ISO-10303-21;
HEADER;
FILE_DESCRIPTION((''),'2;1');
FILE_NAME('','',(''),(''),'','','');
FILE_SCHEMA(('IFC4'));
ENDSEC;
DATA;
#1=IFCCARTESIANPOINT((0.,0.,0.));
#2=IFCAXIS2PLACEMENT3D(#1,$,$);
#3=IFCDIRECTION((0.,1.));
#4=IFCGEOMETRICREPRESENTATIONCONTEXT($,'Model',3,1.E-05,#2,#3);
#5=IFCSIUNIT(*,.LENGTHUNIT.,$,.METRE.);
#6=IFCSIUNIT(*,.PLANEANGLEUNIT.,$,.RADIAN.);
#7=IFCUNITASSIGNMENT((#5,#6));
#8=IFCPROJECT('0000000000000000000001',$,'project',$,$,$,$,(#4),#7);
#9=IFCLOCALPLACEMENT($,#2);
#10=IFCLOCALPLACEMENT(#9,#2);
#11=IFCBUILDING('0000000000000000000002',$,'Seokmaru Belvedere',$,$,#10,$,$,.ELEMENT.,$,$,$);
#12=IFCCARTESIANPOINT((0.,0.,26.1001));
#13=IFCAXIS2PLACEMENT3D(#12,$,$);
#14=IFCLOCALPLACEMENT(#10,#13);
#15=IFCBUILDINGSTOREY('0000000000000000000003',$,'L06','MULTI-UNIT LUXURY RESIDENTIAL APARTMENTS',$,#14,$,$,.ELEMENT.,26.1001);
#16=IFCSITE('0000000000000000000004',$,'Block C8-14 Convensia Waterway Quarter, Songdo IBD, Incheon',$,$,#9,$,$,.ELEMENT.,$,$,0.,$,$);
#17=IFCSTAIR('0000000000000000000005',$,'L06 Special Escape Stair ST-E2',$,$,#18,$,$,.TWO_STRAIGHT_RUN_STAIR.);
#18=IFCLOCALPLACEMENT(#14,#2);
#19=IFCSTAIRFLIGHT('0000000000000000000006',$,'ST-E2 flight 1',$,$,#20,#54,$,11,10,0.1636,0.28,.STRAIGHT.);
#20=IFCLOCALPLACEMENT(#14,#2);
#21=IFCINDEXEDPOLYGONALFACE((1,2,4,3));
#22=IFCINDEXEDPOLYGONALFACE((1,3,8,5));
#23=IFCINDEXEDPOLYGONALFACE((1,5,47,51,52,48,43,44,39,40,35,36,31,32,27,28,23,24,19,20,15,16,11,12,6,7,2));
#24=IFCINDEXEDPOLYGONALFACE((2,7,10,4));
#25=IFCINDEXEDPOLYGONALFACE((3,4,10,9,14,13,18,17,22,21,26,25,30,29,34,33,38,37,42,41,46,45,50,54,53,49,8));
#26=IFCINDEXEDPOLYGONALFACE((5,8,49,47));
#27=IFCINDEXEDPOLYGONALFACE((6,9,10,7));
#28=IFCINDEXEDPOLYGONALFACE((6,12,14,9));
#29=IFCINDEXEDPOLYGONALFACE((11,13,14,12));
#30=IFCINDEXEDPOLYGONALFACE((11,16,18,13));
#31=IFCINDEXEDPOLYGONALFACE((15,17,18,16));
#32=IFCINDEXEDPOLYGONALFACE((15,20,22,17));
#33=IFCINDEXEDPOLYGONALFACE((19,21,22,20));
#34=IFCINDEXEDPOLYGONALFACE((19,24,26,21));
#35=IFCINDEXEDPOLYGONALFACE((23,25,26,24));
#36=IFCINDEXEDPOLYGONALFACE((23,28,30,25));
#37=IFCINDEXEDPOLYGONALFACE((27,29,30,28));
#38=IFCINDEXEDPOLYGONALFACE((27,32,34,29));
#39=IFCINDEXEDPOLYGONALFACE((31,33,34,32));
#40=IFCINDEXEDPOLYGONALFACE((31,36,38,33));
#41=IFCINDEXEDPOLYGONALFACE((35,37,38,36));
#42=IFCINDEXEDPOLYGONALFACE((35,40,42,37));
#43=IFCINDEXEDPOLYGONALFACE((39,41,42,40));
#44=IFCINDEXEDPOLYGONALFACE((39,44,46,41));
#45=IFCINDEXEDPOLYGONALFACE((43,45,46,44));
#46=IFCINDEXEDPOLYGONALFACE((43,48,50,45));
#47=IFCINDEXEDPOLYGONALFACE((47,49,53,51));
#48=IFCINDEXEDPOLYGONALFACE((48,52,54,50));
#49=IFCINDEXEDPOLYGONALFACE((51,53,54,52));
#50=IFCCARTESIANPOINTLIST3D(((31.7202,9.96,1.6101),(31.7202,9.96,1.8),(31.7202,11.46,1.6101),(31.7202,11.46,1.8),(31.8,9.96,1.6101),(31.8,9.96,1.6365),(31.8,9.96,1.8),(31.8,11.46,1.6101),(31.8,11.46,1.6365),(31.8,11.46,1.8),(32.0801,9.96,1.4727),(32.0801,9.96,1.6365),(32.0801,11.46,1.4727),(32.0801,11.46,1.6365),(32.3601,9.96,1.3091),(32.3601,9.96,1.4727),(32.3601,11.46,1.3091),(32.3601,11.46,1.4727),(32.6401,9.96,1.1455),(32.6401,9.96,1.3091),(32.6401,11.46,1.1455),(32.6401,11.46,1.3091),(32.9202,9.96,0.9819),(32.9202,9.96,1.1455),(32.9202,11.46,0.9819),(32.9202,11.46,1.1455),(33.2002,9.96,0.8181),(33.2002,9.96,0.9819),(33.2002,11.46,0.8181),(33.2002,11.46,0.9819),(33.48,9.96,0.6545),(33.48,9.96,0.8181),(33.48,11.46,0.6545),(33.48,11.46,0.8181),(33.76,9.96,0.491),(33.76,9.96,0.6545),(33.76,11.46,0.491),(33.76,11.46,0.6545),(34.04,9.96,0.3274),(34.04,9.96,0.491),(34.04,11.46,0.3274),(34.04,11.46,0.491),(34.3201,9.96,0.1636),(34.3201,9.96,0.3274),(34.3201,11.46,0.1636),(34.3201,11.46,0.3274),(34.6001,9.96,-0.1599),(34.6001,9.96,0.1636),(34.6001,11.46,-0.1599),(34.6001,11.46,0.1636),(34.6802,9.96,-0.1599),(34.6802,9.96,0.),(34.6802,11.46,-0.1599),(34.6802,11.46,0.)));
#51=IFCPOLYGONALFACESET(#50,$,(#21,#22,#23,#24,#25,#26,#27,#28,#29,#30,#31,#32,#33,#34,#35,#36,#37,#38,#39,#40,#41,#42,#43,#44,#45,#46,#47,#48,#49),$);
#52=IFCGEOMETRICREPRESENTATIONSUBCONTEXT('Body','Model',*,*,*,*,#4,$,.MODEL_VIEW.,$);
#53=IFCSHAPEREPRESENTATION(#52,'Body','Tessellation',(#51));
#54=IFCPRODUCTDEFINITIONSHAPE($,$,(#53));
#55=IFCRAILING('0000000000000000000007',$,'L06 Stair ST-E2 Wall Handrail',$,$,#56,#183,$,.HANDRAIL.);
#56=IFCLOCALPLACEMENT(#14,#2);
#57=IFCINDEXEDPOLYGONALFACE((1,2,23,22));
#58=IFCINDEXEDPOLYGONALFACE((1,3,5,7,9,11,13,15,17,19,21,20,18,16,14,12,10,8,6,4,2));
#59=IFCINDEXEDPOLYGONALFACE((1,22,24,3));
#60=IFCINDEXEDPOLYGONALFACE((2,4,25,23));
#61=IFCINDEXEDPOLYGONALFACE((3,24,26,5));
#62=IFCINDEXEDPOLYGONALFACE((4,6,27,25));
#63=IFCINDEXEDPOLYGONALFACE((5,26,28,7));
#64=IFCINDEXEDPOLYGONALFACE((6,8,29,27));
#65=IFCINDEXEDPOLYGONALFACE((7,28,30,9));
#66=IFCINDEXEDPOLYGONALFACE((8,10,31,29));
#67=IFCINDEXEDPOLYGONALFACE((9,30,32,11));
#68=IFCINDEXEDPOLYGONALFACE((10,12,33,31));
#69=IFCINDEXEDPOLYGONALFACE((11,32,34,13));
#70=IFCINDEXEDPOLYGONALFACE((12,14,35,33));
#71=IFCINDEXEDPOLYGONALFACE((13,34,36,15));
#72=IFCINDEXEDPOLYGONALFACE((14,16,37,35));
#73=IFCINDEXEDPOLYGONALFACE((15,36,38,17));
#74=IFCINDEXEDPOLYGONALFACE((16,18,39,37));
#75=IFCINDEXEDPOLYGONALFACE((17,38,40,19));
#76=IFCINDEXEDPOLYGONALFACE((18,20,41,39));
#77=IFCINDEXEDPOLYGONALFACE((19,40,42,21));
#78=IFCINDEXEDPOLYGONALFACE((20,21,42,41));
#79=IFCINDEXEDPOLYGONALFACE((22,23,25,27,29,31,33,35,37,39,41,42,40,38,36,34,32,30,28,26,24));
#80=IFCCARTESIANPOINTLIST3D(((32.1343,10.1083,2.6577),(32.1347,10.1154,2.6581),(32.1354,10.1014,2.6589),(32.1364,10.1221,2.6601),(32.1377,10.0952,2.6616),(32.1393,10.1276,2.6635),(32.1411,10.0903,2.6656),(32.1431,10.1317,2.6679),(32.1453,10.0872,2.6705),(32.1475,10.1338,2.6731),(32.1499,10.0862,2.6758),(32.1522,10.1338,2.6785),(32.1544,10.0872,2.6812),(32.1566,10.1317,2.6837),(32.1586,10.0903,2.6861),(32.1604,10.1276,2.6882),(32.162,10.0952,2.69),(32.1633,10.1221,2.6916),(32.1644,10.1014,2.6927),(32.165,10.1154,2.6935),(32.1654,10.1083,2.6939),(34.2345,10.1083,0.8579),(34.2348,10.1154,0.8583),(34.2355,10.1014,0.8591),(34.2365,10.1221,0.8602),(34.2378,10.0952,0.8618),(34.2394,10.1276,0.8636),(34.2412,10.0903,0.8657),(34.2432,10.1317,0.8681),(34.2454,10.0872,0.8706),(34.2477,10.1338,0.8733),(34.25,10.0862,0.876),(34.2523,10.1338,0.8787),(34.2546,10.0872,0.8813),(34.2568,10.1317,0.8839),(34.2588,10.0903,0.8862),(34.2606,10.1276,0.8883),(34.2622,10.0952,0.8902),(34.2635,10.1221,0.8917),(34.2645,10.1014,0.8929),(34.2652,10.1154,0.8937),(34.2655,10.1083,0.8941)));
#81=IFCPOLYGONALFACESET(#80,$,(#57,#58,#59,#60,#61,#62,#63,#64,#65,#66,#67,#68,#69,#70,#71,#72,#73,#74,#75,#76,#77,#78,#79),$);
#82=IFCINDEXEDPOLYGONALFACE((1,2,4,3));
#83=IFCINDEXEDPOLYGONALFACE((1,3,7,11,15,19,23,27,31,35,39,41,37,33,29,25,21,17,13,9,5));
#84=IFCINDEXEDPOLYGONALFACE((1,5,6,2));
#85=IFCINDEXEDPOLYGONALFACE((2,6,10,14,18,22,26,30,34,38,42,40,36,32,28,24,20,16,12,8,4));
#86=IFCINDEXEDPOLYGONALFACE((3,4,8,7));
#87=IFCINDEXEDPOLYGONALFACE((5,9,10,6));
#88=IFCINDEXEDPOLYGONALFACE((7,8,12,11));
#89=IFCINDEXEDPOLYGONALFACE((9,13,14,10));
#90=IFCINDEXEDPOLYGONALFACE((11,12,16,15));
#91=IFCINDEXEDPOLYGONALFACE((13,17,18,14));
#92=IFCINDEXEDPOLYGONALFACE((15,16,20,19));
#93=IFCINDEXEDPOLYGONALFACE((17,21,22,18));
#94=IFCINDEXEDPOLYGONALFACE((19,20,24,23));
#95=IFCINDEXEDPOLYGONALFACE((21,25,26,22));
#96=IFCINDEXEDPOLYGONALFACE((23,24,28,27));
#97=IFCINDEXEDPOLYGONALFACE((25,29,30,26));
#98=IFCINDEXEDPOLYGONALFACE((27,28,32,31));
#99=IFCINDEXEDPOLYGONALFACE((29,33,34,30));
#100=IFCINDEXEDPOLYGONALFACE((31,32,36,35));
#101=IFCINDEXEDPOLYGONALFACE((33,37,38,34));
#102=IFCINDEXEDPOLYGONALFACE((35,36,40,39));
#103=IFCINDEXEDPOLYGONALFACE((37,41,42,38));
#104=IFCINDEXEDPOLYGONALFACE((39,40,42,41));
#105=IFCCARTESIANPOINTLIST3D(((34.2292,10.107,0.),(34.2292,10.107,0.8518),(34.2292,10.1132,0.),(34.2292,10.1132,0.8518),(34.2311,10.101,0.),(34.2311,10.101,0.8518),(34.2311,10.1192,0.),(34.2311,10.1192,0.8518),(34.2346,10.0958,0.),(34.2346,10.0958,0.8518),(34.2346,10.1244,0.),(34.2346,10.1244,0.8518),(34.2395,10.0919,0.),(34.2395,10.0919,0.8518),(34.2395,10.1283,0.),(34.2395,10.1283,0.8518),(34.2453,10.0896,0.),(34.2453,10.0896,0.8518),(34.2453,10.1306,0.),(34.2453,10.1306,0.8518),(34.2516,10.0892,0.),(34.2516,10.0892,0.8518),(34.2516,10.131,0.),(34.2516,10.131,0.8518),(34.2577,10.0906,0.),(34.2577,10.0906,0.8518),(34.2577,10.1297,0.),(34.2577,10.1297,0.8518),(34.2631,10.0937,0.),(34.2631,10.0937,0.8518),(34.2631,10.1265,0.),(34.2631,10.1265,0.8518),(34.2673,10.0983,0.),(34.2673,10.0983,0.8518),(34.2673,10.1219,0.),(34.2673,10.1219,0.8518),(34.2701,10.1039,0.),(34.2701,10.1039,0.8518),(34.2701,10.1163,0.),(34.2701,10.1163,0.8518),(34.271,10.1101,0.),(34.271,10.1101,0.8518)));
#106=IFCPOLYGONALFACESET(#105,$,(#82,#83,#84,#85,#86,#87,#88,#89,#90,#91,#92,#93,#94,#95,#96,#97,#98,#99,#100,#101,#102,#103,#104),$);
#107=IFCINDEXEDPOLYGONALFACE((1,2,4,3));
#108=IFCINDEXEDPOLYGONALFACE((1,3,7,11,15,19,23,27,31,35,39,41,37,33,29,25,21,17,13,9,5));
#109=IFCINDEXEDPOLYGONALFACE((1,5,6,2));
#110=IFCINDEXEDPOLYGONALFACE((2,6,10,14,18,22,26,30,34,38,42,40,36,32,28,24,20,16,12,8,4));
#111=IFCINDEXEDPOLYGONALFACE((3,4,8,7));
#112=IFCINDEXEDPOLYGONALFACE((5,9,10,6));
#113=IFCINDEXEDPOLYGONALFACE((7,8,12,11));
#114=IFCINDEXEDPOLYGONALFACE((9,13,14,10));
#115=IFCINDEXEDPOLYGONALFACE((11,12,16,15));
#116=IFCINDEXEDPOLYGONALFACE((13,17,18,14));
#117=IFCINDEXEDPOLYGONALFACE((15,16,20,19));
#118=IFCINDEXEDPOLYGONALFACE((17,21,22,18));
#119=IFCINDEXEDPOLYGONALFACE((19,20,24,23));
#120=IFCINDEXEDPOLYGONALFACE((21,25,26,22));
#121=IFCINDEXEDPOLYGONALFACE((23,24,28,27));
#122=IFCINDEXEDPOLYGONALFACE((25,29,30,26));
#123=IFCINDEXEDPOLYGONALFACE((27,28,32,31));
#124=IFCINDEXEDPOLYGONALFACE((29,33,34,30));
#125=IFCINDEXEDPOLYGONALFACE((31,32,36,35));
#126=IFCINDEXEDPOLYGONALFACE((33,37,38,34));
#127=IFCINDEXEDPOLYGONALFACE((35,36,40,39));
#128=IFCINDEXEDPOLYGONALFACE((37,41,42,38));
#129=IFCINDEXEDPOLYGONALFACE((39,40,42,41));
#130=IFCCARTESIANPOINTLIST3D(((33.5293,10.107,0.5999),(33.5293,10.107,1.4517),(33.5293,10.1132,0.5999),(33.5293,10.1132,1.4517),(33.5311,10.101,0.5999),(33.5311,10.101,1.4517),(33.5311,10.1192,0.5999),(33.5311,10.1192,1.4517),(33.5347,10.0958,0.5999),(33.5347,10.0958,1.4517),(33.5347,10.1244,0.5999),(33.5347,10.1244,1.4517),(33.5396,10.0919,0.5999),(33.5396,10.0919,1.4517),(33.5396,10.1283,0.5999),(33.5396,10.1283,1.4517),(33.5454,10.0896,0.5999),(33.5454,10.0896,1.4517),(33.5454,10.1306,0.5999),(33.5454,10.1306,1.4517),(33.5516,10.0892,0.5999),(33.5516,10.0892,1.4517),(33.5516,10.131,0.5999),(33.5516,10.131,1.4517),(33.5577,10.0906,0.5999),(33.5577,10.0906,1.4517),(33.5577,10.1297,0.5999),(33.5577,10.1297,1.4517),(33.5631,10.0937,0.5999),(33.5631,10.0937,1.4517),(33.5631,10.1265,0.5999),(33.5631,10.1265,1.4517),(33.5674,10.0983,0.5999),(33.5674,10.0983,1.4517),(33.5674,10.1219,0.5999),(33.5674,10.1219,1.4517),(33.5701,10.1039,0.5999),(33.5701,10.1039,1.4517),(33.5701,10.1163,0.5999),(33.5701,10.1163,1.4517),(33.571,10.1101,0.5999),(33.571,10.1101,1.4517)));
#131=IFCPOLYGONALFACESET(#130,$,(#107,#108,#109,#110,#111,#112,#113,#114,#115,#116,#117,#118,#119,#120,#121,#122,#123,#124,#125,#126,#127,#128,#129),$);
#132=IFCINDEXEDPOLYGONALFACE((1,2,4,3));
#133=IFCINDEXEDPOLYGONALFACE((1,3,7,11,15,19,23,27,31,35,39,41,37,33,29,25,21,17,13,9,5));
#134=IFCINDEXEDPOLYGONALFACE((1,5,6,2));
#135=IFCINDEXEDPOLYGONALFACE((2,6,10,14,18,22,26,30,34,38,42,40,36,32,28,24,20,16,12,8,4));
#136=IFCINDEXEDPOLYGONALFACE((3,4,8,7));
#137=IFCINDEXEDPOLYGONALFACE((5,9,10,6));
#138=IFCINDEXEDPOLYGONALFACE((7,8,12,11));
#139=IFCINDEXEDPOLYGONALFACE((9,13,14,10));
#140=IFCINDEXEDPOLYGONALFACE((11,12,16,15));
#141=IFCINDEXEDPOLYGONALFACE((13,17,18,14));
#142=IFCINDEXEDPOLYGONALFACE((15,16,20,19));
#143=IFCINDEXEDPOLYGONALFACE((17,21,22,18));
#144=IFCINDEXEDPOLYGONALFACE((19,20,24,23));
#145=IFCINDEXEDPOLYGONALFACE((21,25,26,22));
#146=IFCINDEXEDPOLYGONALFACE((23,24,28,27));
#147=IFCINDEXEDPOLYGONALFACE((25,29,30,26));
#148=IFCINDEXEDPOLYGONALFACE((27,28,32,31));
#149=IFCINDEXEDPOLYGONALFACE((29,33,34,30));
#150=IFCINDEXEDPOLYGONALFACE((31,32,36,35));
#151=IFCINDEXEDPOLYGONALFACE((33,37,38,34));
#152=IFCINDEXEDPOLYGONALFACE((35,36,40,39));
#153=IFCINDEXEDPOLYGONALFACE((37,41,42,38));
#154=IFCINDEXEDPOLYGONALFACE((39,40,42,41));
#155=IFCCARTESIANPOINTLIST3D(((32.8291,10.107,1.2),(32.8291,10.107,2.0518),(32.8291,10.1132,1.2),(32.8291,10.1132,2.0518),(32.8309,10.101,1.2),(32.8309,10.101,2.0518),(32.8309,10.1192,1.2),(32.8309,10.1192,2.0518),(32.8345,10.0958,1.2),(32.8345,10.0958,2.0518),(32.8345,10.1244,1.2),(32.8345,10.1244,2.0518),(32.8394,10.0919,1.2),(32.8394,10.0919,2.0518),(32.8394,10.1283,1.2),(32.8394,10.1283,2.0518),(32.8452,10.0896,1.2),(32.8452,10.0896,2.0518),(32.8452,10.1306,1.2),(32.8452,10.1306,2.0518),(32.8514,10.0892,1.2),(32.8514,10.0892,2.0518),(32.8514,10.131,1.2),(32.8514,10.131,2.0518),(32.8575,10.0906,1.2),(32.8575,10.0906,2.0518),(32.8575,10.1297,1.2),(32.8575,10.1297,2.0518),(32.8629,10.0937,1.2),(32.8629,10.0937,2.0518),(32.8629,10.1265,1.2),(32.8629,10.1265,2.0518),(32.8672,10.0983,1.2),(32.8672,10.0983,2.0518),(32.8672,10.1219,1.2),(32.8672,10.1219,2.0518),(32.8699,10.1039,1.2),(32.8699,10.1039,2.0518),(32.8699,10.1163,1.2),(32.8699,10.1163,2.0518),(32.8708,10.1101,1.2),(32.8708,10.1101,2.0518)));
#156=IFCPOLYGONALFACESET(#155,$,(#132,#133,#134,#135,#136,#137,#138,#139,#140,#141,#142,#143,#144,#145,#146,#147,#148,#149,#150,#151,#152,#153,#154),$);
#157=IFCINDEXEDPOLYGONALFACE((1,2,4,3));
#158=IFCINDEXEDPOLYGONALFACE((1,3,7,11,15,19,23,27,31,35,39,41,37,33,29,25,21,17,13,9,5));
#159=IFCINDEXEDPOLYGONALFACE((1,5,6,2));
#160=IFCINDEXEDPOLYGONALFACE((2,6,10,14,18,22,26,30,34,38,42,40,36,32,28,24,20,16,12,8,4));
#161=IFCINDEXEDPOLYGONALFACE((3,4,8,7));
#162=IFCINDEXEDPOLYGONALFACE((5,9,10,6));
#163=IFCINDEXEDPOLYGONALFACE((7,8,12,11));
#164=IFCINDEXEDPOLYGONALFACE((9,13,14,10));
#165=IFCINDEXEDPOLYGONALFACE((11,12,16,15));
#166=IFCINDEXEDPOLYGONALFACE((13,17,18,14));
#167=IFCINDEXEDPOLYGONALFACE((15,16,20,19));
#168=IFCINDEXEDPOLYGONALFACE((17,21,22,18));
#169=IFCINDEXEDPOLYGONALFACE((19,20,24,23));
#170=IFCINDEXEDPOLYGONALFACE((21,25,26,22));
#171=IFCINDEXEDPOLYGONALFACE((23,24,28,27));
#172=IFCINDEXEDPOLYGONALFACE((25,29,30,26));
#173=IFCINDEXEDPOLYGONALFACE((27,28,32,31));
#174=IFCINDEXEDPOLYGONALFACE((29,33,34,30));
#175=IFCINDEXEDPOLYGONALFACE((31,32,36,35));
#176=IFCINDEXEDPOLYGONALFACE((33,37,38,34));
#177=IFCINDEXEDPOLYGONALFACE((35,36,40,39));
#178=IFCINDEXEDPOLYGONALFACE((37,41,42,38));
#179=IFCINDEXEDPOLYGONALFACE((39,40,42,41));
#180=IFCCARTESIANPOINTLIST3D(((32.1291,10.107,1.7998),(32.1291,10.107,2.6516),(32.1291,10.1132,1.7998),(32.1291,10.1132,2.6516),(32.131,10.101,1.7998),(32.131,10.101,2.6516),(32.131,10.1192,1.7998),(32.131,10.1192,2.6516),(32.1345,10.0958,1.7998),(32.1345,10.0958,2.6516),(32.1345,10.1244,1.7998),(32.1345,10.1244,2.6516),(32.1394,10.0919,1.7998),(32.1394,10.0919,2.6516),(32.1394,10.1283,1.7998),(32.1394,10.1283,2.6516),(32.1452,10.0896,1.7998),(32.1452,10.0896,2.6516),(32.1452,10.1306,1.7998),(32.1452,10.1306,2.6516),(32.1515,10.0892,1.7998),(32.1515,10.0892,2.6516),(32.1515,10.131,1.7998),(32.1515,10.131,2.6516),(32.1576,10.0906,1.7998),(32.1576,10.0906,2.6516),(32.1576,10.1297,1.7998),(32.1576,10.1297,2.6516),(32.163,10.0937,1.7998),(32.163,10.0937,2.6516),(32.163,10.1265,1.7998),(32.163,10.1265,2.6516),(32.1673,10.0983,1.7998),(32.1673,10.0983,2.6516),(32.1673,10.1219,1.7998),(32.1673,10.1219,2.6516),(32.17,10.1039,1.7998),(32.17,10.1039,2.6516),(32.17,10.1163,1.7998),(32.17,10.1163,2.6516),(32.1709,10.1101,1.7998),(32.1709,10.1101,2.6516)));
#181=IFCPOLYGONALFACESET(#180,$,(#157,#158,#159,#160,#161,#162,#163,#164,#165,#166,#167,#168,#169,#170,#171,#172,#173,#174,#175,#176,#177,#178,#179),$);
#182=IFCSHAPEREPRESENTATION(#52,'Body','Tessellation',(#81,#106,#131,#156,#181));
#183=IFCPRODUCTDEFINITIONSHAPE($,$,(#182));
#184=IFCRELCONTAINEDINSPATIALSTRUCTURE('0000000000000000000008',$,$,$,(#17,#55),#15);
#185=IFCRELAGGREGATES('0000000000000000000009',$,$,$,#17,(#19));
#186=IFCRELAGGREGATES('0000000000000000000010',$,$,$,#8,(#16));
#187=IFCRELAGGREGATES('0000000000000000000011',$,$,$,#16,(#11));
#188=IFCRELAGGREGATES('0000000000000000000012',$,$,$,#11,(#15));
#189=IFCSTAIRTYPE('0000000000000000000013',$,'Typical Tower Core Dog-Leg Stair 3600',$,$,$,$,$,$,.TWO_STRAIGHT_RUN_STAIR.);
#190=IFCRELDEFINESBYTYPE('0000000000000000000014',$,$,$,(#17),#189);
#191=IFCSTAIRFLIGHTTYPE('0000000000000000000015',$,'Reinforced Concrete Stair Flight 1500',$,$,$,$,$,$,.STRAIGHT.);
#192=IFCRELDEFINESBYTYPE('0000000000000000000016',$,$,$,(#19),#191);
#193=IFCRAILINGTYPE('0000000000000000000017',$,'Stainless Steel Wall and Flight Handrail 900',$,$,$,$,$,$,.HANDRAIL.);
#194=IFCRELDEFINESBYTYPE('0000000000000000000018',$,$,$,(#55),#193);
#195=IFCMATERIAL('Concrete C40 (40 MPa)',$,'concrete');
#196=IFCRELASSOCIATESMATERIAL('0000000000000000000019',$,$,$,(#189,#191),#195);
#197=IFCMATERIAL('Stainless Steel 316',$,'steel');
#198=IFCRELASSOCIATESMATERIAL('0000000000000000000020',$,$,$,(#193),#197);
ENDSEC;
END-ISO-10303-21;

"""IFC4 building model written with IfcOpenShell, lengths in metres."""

from ifc_helpers import new_model, si_unit, direction, frame, origin, origin_2d, place, context, subcontext, project, spatial, polyline, circle, outline, extrude, material, type_object, element, aggregate, save


model = new_model("IFC4")

# Units and contexts
model_context = context("Model", 3, precision=1e-05, world=origin(), true_north=direction((0.0, 1.0)))
body_context = subcontext(model_context, "Body", "Model", "MODEL_VIEW")
ifc_project = project(units=[si_unit("LENGTHUNIT", "METRE"), si_unit("PLANEANGLEUNIT", "RADIAN")], contexts=[model_context])

# Site, building, storey
site_placement = place(None, origin())
site = spatial("IfcSite", under=ifc_project, at=site_placement, Name="Block C8-14 Convensia Waterway Quarter, Songdo IBD, Incheon", CompositionType="ELEMENT", RefElevation=0.0)
building_placement = place(site_placement, origin())
building = spatial("IfcBuilding", under=site, at=building_placement, Name="Seokmaru Belvedere", CompositionType="ELEMENT")
storey_placement = place(building_placement, frame((0.0, 0.0, 26.1001)))
storey = spatial("IfcBuildingStorey", under=building, at=storey_placement, Name="L06", Description="MULTI-UNIT LUXURY RESIDENTIAL APARTMENTS", CompositionType="ELEMENT", Elevation=26.1001)

# Stair, stair flight
ifc_material_1 = material(Name="Concrete C40 (40 MPa)", Category="concrete")
stair_type = type_object("IfcStairType", Name="Typical Tower Core Dog-Leg Stair 3600", PredefinedType="TWO_STRAIGHT_RUN_STAIR", material=ifc_material_1)
stair_placement = place(storey_placement, origin())
stair = element("IfcStair", 1, at=stair_placement, inside=storey, type_object=stair_type, Name="L06 Special Escape Stair ST-E2", PredefinedType="TWO_STRAIGHT_RUN_STAIR")
stair_flight_type = type_object("IfcStairFlightType", Name="Reinforced Concrete Stair Flight 1500", PredefinedType="STRAIGHT", material=ifc_material_1)
stair_flight_placement = place(storey_placement, frame((34.6001, 10.71, 0.0), z_axis=(0.0, 0.0, 1.0), x_axis=(-1.0, 0.0, 0.0)))
stair_flight = element("IfcStairFlight", 2, at=stair_flight_placement, type_object=stair_flight_type, Name="ST-E2 flight 1", NumberOfRisers=11, NumberOfTreads=10, PredefinedType="STRAIGHT", RiserHeight=0.1636, TreadLength=0.28, context=body_context, shape_type="SweptSolid", body=[
    extrude(outline(polyline([(-0.0801, 0.0), (0.0, 0.1636), (0.28, 0.1636), (0.28, 0.3274), (0.5601, 0.3274), (0.5601, 0.491), (0.8401, 0.491), (0.8401, 0.6545), (1.1201, 0.6545), (1.1201, 0.8181), (1.3999, 0.8181), (1.3999, 0.9819), (1.6799, 0.9819), (1.6799, 1.1455), (1.96, 1.1455), (1.96, 1.3091), (2.24, 1.3091), (2.24, 1.4727), (2.52, 1.4727), (2.52, 1.6365), (2.8, 1.6365), (2.8, 1.8), (2.8799, 1.8), (2.8799, 1.6101), (2.8, 1.6101), (0.0, -0.1599), (-0.0801, -0.1599), (-0.0801, 0.0)])), frame((0.0, 0.75, 0.0), z_axis=(0.0, -1.0, 0.0), x_axis=(1.0, 0.0, 0.0)), (0.0, 0.0, 1.0), 1.5),
])
aggregate(stair, [stair_flight])

# Railing
ifc_material_2 = material(Name="Stainless Steel 316", Category="steel")
railing_type = type_object("IfcRailingType", Name="Stainless Steel Wall and Flight Handrail 900", PredefinedType="HANDRAIL", material=ifc_material_2)
railing_placement = place(storey_placement, frame((34.25, 10.1101, 0.0)))
element("IfcRailing", 3, at=railing_placement, inside=storey, type_object=railing_type, Name="L06 Stair ST-E2 Wall Handrail", PredefinedType="HANDRAIL", context=body_context, shape_type="SweptSolid", body=[
    extrude(circle(Radius=0.0239, at=origin_2d()), frame((0.0, 0.0, 0.876), z_axis=(-0.759306, 0.0, 0.650733), x_axis=(0.0, -1.0, 0.0)), (0.0, 0.0, 1.0), 2.7659),
    extrude(circle(Radius=0.021, at=origin_2d()), origin(), (0.0, 0.0, 1.0), 0.8518),
    extrude(circle(Radius=0.021, at=origin_2d()), frame((-0.7, 0.0, 0.5999)), (0.0, 0.0, 1.0), 0.8518),
    extrude(circle(Radius=0.021, at=origin_2d()), frame((-1.4001, 0.0, 1.2)), (0.0, 0.0, 1.0), 0.8518),
    extrude(circle(Radius=0.021, at=origin_2d()), frame((-2.1001, 0.0, 1.7998)), (0.0, 0.0, 1.0), 0.8518),
])

save(model, "model.ifc")
